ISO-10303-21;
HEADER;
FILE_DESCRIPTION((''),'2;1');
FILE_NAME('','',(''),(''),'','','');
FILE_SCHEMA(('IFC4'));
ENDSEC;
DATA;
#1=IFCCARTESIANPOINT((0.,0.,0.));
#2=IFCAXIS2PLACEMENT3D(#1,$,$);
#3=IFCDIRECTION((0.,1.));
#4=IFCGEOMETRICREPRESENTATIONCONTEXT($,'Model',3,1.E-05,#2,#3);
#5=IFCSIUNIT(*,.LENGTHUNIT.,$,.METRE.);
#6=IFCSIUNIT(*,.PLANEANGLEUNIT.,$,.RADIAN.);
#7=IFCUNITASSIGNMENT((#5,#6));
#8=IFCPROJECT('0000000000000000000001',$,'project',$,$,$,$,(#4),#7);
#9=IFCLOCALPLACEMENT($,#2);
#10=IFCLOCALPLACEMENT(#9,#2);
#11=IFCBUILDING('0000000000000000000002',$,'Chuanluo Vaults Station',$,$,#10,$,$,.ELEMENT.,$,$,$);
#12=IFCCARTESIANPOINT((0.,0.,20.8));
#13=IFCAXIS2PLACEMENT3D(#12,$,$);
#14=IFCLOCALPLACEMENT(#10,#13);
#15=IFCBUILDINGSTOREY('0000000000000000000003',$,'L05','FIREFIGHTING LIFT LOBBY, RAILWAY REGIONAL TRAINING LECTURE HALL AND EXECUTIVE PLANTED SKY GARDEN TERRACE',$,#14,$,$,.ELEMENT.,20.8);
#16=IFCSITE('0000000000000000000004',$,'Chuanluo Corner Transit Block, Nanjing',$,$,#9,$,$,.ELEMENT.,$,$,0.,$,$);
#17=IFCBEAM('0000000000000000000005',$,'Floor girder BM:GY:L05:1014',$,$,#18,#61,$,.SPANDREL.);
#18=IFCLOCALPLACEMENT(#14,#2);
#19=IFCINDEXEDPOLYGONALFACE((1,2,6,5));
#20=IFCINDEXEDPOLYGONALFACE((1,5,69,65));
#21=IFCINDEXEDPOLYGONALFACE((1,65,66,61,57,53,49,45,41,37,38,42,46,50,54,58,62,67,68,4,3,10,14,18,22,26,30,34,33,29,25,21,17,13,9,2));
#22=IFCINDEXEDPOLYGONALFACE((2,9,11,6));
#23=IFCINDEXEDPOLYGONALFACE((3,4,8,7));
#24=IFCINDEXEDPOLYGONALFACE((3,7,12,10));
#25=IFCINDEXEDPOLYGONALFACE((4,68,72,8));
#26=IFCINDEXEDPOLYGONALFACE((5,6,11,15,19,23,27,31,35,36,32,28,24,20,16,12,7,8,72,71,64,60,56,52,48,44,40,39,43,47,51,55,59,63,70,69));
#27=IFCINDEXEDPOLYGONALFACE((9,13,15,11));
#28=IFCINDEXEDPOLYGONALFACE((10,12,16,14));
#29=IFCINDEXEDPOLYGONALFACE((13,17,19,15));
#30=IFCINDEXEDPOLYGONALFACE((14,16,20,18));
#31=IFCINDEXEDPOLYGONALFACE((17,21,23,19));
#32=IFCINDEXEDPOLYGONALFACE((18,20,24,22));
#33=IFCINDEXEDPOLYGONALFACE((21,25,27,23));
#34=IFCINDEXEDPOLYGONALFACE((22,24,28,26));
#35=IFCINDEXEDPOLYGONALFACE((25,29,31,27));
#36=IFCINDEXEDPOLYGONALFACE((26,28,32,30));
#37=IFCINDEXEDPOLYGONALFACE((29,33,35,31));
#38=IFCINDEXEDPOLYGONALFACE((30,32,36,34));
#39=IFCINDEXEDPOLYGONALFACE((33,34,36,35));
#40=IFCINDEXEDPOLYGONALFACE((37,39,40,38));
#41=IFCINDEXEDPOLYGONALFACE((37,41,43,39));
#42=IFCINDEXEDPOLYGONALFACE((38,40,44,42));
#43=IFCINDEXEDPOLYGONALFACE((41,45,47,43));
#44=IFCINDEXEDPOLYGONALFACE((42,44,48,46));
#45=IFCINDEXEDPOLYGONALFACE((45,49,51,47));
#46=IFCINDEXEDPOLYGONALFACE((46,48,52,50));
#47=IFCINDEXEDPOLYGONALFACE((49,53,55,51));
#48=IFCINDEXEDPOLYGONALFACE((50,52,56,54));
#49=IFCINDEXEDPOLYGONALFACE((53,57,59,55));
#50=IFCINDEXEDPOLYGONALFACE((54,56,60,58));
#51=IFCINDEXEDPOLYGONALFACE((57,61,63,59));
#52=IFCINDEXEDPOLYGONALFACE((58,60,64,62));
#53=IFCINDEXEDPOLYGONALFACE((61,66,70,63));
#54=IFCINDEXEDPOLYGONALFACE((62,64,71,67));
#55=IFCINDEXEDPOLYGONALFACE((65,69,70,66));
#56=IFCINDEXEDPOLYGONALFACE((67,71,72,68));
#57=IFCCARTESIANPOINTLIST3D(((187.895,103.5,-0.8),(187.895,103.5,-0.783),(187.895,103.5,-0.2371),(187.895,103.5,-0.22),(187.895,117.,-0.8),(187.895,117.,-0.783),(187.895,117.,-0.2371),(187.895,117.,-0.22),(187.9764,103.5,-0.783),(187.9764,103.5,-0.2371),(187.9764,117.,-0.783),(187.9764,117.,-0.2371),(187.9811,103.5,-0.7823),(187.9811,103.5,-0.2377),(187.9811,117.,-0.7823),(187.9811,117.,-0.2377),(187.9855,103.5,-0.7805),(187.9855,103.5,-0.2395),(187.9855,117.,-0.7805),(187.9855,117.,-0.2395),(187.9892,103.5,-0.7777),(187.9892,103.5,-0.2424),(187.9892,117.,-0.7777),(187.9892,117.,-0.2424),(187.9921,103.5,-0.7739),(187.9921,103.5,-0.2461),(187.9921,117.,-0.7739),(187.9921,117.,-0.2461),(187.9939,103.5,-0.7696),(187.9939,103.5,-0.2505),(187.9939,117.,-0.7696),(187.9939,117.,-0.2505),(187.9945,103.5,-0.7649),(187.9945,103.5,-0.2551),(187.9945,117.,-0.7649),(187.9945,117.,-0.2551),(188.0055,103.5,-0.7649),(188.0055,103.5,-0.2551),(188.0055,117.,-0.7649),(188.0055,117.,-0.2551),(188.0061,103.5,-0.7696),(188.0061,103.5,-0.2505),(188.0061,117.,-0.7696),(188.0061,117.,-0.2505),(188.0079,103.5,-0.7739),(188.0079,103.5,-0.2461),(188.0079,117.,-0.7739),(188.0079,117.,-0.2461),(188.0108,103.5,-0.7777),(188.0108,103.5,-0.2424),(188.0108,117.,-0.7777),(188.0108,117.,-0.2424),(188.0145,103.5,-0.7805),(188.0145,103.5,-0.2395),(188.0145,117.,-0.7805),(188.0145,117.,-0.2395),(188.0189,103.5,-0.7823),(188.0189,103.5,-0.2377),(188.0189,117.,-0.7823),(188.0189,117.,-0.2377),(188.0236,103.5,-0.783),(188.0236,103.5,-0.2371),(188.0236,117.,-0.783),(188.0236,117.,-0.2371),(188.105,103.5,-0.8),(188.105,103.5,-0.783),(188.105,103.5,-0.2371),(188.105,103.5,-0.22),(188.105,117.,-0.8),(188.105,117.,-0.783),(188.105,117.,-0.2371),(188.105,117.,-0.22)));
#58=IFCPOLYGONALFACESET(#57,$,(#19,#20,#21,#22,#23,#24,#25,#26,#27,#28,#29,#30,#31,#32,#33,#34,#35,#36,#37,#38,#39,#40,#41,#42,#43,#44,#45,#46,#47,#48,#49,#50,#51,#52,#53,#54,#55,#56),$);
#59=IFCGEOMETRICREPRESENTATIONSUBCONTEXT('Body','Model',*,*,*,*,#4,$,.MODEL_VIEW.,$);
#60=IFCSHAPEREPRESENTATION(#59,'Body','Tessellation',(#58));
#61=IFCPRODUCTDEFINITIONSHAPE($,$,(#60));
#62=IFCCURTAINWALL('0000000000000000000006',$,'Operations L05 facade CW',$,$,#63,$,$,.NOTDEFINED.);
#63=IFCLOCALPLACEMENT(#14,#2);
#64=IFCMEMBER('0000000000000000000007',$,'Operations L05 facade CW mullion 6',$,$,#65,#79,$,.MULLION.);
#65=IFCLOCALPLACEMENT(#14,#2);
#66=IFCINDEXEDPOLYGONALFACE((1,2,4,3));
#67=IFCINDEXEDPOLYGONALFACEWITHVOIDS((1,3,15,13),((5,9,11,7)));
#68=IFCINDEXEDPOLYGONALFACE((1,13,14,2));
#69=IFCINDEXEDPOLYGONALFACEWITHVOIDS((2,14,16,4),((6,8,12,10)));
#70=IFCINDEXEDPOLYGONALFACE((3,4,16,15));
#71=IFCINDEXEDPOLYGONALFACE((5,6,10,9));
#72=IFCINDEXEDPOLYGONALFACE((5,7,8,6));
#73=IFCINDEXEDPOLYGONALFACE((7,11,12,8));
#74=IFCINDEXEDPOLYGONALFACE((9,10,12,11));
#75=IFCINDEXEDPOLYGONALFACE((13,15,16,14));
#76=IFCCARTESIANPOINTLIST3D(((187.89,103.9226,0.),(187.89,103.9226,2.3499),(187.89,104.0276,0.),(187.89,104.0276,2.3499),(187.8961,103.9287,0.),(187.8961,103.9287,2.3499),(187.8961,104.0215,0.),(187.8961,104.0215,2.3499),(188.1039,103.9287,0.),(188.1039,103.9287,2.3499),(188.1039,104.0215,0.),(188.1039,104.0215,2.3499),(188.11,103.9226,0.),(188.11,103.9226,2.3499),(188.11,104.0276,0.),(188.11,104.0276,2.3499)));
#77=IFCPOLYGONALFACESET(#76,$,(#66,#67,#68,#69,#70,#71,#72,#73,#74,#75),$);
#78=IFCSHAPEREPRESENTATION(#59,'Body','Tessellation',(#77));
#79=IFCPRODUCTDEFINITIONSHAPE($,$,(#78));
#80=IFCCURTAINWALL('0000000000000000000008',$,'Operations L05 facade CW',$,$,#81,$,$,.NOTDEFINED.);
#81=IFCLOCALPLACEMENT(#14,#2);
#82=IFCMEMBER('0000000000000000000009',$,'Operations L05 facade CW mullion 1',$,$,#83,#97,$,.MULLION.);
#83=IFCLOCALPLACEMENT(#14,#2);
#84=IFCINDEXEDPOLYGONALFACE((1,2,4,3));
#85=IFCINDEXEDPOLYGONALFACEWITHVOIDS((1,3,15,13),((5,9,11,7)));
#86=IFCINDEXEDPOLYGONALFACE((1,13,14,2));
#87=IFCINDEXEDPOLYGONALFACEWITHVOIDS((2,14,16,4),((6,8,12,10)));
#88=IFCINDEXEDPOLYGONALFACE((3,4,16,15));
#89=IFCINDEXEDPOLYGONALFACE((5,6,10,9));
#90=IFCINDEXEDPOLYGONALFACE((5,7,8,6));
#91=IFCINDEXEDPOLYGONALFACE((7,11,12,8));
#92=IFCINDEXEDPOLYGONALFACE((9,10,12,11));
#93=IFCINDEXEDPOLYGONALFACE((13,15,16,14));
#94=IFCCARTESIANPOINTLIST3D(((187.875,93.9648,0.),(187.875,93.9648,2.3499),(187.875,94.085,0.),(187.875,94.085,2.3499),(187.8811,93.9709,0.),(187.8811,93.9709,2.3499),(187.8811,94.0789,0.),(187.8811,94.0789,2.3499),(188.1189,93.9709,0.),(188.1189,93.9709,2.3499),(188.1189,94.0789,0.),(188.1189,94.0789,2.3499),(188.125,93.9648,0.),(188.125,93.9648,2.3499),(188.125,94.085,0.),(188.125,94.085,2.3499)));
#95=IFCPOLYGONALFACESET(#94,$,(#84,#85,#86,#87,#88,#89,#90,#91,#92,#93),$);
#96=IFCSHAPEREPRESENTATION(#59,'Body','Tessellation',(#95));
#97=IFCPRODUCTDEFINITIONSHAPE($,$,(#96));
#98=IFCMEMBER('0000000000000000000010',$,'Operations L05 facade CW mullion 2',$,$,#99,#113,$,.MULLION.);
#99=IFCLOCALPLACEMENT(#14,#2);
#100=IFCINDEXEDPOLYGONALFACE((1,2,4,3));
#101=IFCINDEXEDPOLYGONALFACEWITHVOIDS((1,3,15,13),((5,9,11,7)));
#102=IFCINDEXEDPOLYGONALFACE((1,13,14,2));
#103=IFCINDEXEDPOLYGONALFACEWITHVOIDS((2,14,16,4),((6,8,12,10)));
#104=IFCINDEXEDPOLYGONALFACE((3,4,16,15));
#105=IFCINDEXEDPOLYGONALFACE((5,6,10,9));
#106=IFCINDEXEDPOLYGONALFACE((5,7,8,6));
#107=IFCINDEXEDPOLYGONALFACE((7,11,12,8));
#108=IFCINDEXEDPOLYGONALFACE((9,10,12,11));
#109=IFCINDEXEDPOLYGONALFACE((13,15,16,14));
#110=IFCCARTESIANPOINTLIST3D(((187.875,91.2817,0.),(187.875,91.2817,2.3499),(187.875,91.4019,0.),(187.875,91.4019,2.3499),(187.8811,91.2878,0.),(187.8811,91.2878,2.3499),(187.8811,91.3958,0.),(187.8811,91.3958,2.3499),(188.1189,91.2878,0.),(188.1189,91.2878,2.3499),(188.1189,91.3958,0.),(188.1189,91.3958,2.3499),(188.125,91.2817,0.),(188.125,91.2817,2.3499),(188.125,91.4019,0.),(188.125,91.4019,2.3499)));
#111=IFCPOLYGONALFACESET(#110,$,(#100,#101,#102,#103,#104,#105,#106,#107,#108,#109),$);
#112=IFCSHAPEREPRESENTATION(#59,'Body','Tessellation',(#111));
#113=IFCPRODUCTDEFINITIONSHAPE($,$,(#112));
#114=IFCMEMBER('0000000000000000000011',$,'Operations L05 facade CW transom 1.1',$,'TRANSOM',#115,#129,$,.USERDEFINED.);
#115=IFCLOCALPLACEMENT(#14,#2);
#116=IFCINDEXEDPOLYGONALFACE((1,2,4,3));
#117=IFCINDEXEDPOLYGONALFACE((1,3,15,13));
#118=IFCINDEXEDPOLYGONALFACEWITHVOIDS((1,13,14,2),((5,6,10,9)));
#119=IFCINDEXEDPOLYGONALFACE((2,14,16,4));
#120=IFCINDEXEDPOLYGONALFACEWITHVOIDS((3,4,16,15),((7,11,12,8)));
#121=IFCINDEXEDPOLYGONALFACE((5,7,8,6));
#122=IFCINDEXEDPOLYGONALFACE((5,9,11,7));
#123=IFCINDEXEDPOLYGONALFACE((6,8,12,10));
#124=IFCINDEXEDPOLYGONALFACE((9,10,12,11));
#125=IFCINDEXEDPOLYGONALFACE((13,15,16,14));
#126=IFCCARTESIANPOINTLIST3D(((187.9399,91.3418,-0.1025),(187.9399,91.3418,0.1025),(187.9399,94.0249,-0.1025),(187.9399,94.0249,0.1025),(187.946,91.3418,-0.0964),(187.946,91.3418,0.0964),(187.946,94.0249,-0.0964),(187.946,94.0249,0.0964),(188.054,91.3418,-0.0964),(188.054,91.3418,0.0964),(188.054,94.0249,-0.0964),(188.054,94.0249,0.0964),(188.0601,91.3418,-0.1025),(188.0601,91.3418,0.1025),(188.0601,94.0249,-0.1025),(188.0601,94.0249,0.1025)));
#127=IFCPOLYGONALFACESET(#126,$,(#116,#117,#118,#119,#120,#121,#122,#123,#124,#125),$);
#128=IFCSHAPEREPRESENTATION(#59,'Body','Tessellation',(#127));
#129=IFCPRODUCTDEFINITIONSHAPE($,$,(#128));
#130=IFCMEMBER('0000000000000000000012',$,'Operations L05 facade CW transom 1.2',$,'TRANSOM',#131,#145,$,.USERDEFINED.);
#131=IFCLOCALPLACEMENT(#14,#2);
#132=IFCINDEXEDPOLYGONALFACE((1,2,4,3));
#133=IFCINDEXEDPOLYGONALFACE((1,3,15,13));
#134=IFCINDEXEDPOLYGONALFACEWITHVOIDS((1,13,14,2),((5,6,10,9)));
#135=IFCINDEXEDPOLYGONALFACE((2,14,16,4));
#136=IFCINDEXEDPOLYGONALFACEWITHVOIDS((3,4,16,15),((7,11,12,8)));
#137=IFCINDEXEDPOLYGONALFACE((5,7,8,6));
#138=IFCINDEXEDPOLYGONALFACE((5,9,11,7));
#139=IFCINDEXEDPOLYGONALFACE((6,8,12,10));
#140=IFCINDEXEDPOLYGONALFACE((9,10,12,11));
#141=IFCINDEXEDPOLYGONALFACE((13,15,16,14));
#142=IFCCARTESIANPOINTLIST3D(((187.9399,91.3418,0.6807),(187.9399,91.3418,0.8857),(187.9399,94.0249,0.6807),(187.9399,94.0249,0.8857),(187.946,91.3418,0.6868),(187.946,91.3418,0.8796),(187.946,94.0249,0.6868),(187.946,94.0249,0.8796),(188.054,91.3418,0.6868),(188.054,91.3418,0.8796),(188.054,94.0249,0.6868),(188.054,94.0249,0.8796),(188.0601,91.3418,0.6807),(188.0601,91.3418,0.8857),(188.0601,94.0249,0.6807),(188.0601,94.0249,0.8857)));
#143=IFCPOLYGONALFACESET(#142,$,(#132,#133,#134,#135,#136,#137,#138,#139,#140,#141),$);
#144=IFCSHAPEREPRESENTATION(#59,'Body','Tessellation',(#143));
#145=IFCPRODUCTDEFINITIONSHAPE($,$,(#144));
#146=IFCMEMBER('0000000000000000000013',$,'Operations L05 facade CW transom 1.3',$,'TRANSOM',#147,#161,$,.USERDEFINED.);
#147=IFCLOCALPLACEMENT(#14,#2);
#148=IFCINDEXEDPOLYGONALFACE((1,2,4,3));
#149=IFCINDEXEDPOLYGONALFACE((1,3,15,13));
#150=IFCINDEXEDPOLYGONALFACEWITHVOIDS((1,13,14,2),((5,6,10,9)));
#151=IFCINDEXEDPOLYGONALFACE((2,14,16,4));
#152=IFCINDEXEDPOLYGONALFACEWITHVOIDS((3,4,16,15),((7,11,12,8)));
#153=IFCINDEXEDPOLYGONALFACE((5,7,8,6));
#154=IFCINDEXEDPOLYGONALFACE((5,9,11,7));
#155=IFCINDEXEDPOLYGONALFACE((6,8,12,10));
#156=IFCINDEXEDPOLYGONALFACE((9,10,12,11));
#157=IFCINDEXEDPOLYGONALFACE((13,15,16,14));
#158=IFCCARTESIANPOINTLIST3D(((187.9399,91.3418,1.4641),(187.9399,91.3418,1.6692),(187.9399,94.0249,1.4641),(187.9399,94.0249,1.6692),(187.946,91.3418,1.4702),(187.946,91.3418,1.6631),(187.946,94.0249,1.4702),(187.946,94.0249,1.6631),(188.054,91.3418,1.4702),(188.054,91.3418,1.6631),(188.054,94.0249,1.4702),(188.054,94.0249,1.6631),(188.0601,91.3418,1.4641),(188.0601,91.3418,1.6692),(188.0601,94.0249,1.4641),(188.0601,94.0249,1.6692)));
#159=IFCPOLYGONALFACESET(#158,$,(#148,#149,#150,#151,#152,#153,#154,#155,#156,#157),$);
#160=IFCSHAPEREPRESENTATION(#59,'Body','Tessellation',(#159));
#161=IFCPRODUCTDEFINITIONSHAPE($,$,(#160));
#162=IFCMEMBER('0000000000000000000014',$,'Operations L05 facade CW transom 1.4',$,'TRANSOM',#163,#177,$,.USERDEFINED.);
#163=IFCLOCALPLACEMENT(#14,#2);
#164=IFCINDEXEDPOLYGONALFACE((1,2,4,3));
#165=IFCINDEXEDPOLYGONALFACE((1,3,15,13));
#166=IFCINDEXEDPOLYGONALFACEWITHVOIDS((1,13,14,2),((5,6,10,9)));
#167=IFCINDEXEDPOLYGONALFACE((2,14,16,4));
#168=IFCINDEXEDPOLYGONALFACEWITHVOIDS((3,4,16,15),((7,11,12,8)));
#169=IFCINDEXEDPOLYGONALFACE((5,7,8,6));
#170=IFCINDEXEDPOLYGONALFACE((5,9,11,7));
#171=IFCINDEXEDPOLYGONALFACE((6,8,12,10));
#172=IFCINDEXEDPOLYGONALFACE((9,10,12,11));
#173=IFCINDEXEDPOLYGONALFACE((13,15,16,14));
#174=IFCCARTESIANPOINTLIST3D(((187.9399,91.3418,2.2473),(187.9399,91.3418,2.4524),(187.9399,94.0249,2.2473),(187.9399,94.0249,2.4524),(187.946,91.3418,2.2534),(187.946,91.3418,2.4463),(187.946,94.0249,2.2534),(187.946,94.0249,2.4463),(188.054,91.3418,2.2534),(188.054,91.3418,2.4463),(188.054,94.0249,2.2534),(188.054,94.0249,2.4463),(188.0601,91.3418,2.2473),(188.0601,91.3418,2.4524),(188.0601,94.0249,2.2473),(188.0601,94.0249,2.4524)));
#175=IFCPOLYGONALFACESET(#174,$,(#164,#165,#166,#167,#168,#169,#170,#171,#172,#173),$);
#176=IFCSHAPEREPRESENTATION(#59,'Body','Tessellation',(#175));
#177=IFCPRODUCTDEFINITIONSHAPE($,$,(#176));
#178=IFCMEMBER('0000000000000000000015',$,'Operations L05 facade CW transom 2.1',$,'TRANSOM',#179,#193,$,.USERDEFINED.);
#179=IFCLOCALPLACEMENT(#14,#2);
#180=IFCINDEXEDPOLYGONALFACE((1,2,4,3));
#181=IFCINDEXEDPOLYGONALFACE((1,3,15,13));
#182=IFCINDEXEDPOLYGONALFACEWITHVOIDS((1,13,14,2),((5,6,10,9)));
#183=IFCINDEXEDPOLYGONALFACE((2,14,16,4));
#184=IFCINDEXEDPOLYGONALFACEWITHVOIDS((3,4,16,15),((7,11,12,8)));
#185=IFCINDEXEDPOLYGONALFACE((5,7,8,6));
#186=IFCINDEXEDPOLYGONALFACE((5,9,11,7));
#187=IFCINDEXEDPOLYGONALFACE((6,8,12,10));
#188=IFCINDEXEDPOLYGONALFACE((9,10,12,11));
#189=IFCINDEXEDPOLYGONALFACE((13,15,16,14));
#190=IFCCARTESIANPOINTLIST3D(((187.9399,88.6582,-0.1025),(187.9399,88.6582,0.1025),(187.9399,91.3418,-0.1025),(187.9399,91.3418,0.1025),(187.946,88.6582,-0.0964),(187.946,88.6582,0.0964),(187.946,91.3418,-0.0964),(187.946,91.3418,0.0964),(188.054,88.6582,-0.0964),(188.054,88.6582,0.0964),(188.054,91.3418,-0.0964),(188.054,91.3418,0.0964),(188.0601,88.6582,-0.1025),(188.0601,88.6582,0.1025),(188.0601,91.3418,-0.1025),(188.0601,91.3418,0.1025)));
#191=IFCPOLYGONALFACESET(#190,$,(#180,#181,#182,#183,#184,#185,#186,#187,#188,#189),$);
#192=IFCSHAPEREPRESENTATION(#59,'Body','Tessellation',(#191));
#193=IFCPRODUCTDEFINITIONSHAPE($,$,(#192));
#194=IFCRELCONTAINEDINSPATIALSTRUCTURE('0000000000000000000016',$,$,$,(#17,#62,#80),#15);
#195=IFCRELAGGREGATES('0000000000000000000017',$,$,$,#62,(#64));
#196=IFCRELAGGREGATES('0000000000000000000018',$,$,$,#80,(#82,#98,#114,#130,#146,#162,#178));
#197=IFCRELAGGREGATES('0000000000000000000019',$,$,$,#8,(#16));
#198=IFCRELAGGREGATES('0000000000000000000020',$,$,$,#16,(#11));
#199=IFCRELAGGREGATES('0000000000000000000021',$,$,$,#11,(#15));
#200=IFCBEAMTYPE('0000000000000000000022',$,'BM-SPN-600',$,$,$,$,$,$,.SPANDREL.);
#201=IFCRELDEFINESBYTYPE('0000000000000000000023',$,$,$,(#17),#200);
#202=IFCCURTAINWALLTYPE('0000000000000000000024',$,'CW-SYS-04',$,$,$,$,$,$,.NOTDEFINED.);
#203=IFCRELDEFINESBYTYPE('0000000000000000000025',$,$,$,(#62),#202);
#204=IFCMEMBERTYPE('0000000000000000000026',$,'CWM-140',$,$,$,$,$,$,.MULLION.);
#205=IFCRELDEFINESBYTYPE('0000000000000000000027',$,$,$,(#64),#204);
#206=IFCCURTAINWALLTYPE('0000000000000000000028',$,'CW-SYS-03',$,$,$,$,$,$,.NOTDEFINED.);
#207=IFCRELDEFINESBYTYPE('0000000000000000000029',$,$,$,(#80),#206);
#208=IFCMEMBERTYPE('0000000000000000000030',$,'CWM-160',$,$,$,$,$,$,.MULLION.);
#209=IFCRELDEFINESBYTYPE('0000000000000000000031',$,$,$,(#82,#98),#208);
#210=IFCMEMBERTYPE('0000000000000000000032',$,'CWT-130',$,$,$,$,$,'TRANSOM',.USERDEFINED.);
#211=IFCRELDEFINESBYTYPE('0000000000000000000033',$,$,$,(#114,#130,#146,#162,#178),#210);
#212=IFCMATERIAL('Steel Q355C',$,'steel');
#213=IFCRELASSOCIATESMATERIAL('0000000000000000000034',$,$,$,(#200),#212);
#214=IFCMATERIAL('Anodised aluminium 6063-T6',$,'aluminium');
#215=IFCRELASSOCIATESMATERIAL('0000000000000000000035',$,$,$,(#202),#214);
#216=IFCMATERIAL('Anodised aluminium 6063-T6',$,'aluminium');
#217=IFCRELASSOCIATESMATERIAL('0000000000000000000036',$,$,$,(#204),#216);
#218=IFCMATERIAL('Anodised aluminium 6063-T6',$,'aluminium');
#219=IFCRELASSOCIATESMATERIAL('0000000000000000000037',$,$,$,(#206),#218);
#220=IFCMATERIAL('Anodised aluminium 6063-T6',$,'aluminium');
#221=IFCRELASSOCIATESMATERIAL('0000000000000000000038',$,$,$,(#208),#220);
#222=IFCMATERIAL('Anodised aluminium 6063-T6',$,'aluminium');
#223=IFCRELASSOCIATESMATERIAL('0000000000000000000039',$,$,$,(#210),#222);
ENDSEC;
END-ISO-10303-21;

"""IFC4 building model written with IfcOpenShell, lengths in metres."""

from ifc_helpers import new_model, si_unit, direction, frame, origin, origin_2d, place, context, subcontext, project, spatial, hollow_rectangle, i_section, extrude, material, material_profile, profile_set, type_object, element, aggregate, save


model = new_model("IFC4")

# Units and contexts
model_context = context("Model", 3, precision=1e-05, world=origin(), true_north=direction((0.0, 1.0)))
body_context = subcontext(model_context, "Body", "Model", "MODEL_VIEW")
ifc_project = project(units=[si_unit("LENGTHUNIT", "METRE"), si_unit("PLANEANGLEUNIT", "RADIAN")], contexts=[model_context])

# Site, building, storey
site_placement = place(None, origin())
site = spatial("IfcSite", under=ifc_project, at=site_placement, Name="Chuanluo Corner Transit Block, Nanjing", CompositionType="ELEMENT", RefElevation=0.0)
building_placement = place(site_placement, origin())
building = spatial("IfcBuilding", under=site, at=building_placement, Name="Chuanluo Vaults Station", CompositionType="ELEMENT")
storey_placement = place(building_placement, frame((0.0, 0.0, 20.8)))
storey = spatial("IfcBuildingStorey", under=building, at=storey_placement, Name="L05", Description="FIREFIGHTING LIFT LOBBY, RAILWAY REGIONAL TRAINING LECTURE HALL AND EXECUTIVE PLANTED SKY GARDEN TERRACE", CompositionType="ELEMENT", Elevation=20.8)

# Beam
ifc_material_1 = material(Name="Steel Q355C", Category="steel")
ifc_material_profile_1 = material_profile(ifc_material_1, i_section(OverallWidth=0.21, OverallDepth=0.5801, WebThickness=0.011, FlangeThickness=0.0171, FilletRadius=0.0181, at=origin_2d()))
ifc_profile_set_1 = profile_set([ifc_material_profile_1], Name="Steel Q355C")
beam_type_1 = type_object("IfcBeamType", Name="BM-SPN-600", PredefinedType="SPANDREL", material=ifc_profile_set_1)
beam_1_placement = place(storey_placement, frame((188.0, 103.5, -0.51), z_axis=(0.0, 1.0, 0.0), x_axis=(-1.0, 0.0, 0.0)))
element("IfcBeam", 1, at=beam_1_placement, inside=storey, type_object=beam_type_1, Name="Floor girder BM:GY:L05:1014", PredefinedType="SPANDREL", context=body_context, shape_type="SweptSolid", body=[
    extrude(i_section(OverallWidth=0.21, OverallDepth=0.5801, WebThickness=0.011, FlangeThickness=0.0171, FilletRadius=0.0181, at=origin_2d()), origin(), (0.0, 0.0, 1.0), 13.5),
])

# Curtain wall, member
ifc_material_2 = material(Name="Anodised aluminium 6063-T6", Category="aluminium")
curtain_wall_type_1 = type_object("IfcCurtainWallType", Name="CW-SYS-04", PredefinedType="NOTDEFINED", material=ifc_material_2)
curtain_wall_1_placement = place(storey_placement, origin())
curtain_wall_1 = element("IfcCurtainWall", 2, at=curtain_wall_1_placement, inside=storey, type_object=curtain_wall_type_1, Name="Operations L05 facade CW", PredefinedType="NOTDEFINED")
ifc_material_3 = material(Name="Anodised aluminium 6063-T6", Category="aluminium")
ifc_material_profile_2 = material_profile(ifc_material_3, hollow_rectangle(XDim=0.105, YDim=0.22, WallThickness=0.0061, at=origin_2d()))
ifc_profile_set_2 = profile_set([ifc_material_profile_2], Name="Anodised aluminium 6063-T6")
member_type_1 = type_object("IfcMemberType", Name="CWM-140", PredefinedType="MULLION", material=ifc_profile_set_2)
member_1_placement = place(storey_placement, frame((188.0, 103.9751, 0.0), z_axis=(0.0, 0.0, 1.0), x_axis=(0.0, -1.0, 0.0)))
member_1 = element("IfcMember", 3, at=member_1_placement, type_object=member_type_1, Name="Operations L05 facade CW mullion 6", PredefinedType="MULLION", context=body_context, shape_type="SweptSolid", body=[
    extrude(hollow_rectangle(XDim=0.105, YDim=0.22, WallThickness=0.0061, at=origin_2d()), origin(), (0.0, 0.0, 1.0), 2.3499),
])

# Curtain wall, members
ifc_material_4 = material(Name="Anodised aluminium 6063-T6", Category="aluminium")
curtain_wall_type_2 = type_object("IfcCurtainWallType", Name="CW-SYS-03", PredefinedType="NOTDEFINED", material=ifc_material_4)
curtain_wall_2_placement = place(storey_placement, origin())
curtain_wall_2 = element("IfcCurtainWall", 4, at=curtain_wall_2_placement, inside=storey, type_object=curtain_wall_type_2, Name="Operations L05 facade CW", PredefinedType="NOTDEFINED")
ifc_material_5 = material(Name="Anodised aluminium 6063-T6", Category="aluminium")
ifc_material_profile_3 = material_profile(ifc_material_5, hollow_rectangle(XDim=0.1201, YDim=0.25, WallThickness=0.0061, at=origin_2d()))
ifc_profile_set_3 = profile_set([ifc_material_profile_3], Name="Anodised aluminium 6063-T6")
member_type_2 = type_object("IfcMemberType", Name="CWM-160", PredefinedType="MULLION", material=ifc_profile_set_3)
member_2_placement = place(storey_placement, frame((188.0, 94.0249, 0.0), z_axis=(0.0, 0.0, 1.0), x_axis=(0.0, -1.0, 0.0)))
member_2 = element("IfcMember", 5, at=member_2_placement, type_object=member_type_2, Name="Operations L05 facade CW mullion 1", PredefinedType="MULLION", context=body_context, shape_type="SweptSolid", body=[
    extrude(hollow_rectangle(XDim=0.1201, YDim=0.25, WallThickness=0.0061, at=origin_2d()), origin(), (0.0, 0.0, 1.0), 2.3499),
])
member_3_placement = place(storey_placement, frame((188.0, 91.3418, 0.0), z_axis=(0.0, 0.0, 1.0), x_axis=(0.0, -1.0, 0.0)))
member_3 = element("IfcMember", 6, at=member_3_placement, type_object=member_type_2, Name="Operations L05 facade CW mullion 2", PredefinedType="MULLION", context=body_context, shape_type="SweptSolid", body=[
    extrude(hollow_rectangle(XDim=0.1201, YDim=0.25, WallThickness=0.0061, at=origin_2d()), origin(), (0.0, 0.0, 1.0), 2.3499),
])
ifc_material_6 = material(Name="Anodised aluminium 6063-T6", Category="aluminium")
ifc_material_profile_4 = material_profile(ifc_material_6, hollow_rectangle(XDim=0.1201, YDim=0.2051, WallThickness=0.0061, at=origin_2d()))
ifc_profile_set_4 = profile_set([ifc_material_profile_4], Name="Anodised aluminium 6063-T6")
member_type_3 = type_object("IfcMemberType", Name="CWT-130", ElementType="TRANSOM", PredefinedType="USERDEFINED", material=ifc_profile_set_4)
member_4_placement = place(storey_placement, frame((188.0, 94.0249, 0.0), z_axis=(0.0, -1.0, 0.0), x_axis=(1.0, 0.0, 0.0)))
member_4 = element("IfcMember", 7, at=member_4_placement, type_object=member_type_3, Name="Operations L05 facade CW transom 1.1", ObjectType="TRANSOM", PredefinedType="USERDEFINED", context=body_context, shape_type="SweptSolid", body=[
    extrude(hollow_rectangle(XDim=0.1201, YDim=0.2051, WallThickness=0.0061, at=origin_2d()), origin(), (0.0, 0.0, 1.0), 2.6831),
])
member_5_placement = place(storey_placement, frame((188.0, 94.0249, 0.7832), z_axis=(0.0, -1.0, 0.0), x_axis=(1.0, 0.0, 0.0)))
member_5 = element("IfcMember", 8, at=member_5_placement, type_object=member_type_3, Name="Operations L05 facade CW transom 1.2", ObjectType="TRANSOM", PredefinedType="USERDEFINED", context=body_context, shape_type="SweptSolid", body=[
    extrude(hollow_rectangle(XDim=0.1201, YDim=0.2051, WallThickness=0.0061, at=origin_2d()), origin(), (0.0, 0.0, 1.0), 2.6831),
])
member_6_placement = place(storey_placement, frame((188.0, 94.0249, 1.5667), z_axis=(0.0, -1.0, 0.0), x_axis=(1.0, 0.0, 0.0)))
member_6 = element("IfcMember", 9, at=member_6_placement, type_object=member_type_3, Name="Operations L05 facade CW transom 1.3", ObjectType="TRANSOM", PredefinedType="USERDEFINED", context=body_context, shape_type="SweptSolid", body=[
    extrude(hollow_rectangle(XDim=0.1201, YDim=0.2051, WallThickness=0.0061, at=origin_2d()), origin(), (0.0, 0.0, 1.0), 2.6831),
])
member_7_placement = place(storey_placement, frame((188.0, 94.0249, 2.3499), z_axis=(0.0, -1.0, 0.0), x_axis=(1.0, 0.0, 0.0)))
member_7 = element("IfcMember", 10, at=member_7_placement, type_object=member_type_3, Name="Operations L05 facade CW transom 1.4", ObjectType="TRANSOM", PredefinedType="USERDEFINED", context=body_context, shape_type="SweptSolid", body=[
    extrude(hollow_rectangle(XDim=0.1201, YDim=0.2051, WallThickness=0.0061, at=origin_2d()), origin(), (0.0, 0.0, 1.0), 2.6831),
])
member_8_placement = place(storey_placement, frame((188.0, 91.3418, 0.0), z_axis=(0.0, -1.0, 0.0), x_axis=(1.0, 0.0, 0.0)))
member_8 = element("IfcMember", 11, at=member_8_placement, type_object=member_type_3, Name="Operations L05 facade CW transom 2.1", ObjectType="TRANSOM", PredefinedType="USERDEFINED", context=body_context, shape_type="SweptSolid", body=[
    extrude(hollow_rectangle(XDim=0.1201, YDim=0.2051, WallThickness=0.0061, at=origin_2d()), origin(), (0.0, 0.0, 1.0), 2.6836),
])

aggregate(curtain_wall_1, [member_1])
aggregate(curtain_wall_2, [member_2, member_3, member_4, member_5, member_6, member_7, member_8])

save(model, "model.ifc")
